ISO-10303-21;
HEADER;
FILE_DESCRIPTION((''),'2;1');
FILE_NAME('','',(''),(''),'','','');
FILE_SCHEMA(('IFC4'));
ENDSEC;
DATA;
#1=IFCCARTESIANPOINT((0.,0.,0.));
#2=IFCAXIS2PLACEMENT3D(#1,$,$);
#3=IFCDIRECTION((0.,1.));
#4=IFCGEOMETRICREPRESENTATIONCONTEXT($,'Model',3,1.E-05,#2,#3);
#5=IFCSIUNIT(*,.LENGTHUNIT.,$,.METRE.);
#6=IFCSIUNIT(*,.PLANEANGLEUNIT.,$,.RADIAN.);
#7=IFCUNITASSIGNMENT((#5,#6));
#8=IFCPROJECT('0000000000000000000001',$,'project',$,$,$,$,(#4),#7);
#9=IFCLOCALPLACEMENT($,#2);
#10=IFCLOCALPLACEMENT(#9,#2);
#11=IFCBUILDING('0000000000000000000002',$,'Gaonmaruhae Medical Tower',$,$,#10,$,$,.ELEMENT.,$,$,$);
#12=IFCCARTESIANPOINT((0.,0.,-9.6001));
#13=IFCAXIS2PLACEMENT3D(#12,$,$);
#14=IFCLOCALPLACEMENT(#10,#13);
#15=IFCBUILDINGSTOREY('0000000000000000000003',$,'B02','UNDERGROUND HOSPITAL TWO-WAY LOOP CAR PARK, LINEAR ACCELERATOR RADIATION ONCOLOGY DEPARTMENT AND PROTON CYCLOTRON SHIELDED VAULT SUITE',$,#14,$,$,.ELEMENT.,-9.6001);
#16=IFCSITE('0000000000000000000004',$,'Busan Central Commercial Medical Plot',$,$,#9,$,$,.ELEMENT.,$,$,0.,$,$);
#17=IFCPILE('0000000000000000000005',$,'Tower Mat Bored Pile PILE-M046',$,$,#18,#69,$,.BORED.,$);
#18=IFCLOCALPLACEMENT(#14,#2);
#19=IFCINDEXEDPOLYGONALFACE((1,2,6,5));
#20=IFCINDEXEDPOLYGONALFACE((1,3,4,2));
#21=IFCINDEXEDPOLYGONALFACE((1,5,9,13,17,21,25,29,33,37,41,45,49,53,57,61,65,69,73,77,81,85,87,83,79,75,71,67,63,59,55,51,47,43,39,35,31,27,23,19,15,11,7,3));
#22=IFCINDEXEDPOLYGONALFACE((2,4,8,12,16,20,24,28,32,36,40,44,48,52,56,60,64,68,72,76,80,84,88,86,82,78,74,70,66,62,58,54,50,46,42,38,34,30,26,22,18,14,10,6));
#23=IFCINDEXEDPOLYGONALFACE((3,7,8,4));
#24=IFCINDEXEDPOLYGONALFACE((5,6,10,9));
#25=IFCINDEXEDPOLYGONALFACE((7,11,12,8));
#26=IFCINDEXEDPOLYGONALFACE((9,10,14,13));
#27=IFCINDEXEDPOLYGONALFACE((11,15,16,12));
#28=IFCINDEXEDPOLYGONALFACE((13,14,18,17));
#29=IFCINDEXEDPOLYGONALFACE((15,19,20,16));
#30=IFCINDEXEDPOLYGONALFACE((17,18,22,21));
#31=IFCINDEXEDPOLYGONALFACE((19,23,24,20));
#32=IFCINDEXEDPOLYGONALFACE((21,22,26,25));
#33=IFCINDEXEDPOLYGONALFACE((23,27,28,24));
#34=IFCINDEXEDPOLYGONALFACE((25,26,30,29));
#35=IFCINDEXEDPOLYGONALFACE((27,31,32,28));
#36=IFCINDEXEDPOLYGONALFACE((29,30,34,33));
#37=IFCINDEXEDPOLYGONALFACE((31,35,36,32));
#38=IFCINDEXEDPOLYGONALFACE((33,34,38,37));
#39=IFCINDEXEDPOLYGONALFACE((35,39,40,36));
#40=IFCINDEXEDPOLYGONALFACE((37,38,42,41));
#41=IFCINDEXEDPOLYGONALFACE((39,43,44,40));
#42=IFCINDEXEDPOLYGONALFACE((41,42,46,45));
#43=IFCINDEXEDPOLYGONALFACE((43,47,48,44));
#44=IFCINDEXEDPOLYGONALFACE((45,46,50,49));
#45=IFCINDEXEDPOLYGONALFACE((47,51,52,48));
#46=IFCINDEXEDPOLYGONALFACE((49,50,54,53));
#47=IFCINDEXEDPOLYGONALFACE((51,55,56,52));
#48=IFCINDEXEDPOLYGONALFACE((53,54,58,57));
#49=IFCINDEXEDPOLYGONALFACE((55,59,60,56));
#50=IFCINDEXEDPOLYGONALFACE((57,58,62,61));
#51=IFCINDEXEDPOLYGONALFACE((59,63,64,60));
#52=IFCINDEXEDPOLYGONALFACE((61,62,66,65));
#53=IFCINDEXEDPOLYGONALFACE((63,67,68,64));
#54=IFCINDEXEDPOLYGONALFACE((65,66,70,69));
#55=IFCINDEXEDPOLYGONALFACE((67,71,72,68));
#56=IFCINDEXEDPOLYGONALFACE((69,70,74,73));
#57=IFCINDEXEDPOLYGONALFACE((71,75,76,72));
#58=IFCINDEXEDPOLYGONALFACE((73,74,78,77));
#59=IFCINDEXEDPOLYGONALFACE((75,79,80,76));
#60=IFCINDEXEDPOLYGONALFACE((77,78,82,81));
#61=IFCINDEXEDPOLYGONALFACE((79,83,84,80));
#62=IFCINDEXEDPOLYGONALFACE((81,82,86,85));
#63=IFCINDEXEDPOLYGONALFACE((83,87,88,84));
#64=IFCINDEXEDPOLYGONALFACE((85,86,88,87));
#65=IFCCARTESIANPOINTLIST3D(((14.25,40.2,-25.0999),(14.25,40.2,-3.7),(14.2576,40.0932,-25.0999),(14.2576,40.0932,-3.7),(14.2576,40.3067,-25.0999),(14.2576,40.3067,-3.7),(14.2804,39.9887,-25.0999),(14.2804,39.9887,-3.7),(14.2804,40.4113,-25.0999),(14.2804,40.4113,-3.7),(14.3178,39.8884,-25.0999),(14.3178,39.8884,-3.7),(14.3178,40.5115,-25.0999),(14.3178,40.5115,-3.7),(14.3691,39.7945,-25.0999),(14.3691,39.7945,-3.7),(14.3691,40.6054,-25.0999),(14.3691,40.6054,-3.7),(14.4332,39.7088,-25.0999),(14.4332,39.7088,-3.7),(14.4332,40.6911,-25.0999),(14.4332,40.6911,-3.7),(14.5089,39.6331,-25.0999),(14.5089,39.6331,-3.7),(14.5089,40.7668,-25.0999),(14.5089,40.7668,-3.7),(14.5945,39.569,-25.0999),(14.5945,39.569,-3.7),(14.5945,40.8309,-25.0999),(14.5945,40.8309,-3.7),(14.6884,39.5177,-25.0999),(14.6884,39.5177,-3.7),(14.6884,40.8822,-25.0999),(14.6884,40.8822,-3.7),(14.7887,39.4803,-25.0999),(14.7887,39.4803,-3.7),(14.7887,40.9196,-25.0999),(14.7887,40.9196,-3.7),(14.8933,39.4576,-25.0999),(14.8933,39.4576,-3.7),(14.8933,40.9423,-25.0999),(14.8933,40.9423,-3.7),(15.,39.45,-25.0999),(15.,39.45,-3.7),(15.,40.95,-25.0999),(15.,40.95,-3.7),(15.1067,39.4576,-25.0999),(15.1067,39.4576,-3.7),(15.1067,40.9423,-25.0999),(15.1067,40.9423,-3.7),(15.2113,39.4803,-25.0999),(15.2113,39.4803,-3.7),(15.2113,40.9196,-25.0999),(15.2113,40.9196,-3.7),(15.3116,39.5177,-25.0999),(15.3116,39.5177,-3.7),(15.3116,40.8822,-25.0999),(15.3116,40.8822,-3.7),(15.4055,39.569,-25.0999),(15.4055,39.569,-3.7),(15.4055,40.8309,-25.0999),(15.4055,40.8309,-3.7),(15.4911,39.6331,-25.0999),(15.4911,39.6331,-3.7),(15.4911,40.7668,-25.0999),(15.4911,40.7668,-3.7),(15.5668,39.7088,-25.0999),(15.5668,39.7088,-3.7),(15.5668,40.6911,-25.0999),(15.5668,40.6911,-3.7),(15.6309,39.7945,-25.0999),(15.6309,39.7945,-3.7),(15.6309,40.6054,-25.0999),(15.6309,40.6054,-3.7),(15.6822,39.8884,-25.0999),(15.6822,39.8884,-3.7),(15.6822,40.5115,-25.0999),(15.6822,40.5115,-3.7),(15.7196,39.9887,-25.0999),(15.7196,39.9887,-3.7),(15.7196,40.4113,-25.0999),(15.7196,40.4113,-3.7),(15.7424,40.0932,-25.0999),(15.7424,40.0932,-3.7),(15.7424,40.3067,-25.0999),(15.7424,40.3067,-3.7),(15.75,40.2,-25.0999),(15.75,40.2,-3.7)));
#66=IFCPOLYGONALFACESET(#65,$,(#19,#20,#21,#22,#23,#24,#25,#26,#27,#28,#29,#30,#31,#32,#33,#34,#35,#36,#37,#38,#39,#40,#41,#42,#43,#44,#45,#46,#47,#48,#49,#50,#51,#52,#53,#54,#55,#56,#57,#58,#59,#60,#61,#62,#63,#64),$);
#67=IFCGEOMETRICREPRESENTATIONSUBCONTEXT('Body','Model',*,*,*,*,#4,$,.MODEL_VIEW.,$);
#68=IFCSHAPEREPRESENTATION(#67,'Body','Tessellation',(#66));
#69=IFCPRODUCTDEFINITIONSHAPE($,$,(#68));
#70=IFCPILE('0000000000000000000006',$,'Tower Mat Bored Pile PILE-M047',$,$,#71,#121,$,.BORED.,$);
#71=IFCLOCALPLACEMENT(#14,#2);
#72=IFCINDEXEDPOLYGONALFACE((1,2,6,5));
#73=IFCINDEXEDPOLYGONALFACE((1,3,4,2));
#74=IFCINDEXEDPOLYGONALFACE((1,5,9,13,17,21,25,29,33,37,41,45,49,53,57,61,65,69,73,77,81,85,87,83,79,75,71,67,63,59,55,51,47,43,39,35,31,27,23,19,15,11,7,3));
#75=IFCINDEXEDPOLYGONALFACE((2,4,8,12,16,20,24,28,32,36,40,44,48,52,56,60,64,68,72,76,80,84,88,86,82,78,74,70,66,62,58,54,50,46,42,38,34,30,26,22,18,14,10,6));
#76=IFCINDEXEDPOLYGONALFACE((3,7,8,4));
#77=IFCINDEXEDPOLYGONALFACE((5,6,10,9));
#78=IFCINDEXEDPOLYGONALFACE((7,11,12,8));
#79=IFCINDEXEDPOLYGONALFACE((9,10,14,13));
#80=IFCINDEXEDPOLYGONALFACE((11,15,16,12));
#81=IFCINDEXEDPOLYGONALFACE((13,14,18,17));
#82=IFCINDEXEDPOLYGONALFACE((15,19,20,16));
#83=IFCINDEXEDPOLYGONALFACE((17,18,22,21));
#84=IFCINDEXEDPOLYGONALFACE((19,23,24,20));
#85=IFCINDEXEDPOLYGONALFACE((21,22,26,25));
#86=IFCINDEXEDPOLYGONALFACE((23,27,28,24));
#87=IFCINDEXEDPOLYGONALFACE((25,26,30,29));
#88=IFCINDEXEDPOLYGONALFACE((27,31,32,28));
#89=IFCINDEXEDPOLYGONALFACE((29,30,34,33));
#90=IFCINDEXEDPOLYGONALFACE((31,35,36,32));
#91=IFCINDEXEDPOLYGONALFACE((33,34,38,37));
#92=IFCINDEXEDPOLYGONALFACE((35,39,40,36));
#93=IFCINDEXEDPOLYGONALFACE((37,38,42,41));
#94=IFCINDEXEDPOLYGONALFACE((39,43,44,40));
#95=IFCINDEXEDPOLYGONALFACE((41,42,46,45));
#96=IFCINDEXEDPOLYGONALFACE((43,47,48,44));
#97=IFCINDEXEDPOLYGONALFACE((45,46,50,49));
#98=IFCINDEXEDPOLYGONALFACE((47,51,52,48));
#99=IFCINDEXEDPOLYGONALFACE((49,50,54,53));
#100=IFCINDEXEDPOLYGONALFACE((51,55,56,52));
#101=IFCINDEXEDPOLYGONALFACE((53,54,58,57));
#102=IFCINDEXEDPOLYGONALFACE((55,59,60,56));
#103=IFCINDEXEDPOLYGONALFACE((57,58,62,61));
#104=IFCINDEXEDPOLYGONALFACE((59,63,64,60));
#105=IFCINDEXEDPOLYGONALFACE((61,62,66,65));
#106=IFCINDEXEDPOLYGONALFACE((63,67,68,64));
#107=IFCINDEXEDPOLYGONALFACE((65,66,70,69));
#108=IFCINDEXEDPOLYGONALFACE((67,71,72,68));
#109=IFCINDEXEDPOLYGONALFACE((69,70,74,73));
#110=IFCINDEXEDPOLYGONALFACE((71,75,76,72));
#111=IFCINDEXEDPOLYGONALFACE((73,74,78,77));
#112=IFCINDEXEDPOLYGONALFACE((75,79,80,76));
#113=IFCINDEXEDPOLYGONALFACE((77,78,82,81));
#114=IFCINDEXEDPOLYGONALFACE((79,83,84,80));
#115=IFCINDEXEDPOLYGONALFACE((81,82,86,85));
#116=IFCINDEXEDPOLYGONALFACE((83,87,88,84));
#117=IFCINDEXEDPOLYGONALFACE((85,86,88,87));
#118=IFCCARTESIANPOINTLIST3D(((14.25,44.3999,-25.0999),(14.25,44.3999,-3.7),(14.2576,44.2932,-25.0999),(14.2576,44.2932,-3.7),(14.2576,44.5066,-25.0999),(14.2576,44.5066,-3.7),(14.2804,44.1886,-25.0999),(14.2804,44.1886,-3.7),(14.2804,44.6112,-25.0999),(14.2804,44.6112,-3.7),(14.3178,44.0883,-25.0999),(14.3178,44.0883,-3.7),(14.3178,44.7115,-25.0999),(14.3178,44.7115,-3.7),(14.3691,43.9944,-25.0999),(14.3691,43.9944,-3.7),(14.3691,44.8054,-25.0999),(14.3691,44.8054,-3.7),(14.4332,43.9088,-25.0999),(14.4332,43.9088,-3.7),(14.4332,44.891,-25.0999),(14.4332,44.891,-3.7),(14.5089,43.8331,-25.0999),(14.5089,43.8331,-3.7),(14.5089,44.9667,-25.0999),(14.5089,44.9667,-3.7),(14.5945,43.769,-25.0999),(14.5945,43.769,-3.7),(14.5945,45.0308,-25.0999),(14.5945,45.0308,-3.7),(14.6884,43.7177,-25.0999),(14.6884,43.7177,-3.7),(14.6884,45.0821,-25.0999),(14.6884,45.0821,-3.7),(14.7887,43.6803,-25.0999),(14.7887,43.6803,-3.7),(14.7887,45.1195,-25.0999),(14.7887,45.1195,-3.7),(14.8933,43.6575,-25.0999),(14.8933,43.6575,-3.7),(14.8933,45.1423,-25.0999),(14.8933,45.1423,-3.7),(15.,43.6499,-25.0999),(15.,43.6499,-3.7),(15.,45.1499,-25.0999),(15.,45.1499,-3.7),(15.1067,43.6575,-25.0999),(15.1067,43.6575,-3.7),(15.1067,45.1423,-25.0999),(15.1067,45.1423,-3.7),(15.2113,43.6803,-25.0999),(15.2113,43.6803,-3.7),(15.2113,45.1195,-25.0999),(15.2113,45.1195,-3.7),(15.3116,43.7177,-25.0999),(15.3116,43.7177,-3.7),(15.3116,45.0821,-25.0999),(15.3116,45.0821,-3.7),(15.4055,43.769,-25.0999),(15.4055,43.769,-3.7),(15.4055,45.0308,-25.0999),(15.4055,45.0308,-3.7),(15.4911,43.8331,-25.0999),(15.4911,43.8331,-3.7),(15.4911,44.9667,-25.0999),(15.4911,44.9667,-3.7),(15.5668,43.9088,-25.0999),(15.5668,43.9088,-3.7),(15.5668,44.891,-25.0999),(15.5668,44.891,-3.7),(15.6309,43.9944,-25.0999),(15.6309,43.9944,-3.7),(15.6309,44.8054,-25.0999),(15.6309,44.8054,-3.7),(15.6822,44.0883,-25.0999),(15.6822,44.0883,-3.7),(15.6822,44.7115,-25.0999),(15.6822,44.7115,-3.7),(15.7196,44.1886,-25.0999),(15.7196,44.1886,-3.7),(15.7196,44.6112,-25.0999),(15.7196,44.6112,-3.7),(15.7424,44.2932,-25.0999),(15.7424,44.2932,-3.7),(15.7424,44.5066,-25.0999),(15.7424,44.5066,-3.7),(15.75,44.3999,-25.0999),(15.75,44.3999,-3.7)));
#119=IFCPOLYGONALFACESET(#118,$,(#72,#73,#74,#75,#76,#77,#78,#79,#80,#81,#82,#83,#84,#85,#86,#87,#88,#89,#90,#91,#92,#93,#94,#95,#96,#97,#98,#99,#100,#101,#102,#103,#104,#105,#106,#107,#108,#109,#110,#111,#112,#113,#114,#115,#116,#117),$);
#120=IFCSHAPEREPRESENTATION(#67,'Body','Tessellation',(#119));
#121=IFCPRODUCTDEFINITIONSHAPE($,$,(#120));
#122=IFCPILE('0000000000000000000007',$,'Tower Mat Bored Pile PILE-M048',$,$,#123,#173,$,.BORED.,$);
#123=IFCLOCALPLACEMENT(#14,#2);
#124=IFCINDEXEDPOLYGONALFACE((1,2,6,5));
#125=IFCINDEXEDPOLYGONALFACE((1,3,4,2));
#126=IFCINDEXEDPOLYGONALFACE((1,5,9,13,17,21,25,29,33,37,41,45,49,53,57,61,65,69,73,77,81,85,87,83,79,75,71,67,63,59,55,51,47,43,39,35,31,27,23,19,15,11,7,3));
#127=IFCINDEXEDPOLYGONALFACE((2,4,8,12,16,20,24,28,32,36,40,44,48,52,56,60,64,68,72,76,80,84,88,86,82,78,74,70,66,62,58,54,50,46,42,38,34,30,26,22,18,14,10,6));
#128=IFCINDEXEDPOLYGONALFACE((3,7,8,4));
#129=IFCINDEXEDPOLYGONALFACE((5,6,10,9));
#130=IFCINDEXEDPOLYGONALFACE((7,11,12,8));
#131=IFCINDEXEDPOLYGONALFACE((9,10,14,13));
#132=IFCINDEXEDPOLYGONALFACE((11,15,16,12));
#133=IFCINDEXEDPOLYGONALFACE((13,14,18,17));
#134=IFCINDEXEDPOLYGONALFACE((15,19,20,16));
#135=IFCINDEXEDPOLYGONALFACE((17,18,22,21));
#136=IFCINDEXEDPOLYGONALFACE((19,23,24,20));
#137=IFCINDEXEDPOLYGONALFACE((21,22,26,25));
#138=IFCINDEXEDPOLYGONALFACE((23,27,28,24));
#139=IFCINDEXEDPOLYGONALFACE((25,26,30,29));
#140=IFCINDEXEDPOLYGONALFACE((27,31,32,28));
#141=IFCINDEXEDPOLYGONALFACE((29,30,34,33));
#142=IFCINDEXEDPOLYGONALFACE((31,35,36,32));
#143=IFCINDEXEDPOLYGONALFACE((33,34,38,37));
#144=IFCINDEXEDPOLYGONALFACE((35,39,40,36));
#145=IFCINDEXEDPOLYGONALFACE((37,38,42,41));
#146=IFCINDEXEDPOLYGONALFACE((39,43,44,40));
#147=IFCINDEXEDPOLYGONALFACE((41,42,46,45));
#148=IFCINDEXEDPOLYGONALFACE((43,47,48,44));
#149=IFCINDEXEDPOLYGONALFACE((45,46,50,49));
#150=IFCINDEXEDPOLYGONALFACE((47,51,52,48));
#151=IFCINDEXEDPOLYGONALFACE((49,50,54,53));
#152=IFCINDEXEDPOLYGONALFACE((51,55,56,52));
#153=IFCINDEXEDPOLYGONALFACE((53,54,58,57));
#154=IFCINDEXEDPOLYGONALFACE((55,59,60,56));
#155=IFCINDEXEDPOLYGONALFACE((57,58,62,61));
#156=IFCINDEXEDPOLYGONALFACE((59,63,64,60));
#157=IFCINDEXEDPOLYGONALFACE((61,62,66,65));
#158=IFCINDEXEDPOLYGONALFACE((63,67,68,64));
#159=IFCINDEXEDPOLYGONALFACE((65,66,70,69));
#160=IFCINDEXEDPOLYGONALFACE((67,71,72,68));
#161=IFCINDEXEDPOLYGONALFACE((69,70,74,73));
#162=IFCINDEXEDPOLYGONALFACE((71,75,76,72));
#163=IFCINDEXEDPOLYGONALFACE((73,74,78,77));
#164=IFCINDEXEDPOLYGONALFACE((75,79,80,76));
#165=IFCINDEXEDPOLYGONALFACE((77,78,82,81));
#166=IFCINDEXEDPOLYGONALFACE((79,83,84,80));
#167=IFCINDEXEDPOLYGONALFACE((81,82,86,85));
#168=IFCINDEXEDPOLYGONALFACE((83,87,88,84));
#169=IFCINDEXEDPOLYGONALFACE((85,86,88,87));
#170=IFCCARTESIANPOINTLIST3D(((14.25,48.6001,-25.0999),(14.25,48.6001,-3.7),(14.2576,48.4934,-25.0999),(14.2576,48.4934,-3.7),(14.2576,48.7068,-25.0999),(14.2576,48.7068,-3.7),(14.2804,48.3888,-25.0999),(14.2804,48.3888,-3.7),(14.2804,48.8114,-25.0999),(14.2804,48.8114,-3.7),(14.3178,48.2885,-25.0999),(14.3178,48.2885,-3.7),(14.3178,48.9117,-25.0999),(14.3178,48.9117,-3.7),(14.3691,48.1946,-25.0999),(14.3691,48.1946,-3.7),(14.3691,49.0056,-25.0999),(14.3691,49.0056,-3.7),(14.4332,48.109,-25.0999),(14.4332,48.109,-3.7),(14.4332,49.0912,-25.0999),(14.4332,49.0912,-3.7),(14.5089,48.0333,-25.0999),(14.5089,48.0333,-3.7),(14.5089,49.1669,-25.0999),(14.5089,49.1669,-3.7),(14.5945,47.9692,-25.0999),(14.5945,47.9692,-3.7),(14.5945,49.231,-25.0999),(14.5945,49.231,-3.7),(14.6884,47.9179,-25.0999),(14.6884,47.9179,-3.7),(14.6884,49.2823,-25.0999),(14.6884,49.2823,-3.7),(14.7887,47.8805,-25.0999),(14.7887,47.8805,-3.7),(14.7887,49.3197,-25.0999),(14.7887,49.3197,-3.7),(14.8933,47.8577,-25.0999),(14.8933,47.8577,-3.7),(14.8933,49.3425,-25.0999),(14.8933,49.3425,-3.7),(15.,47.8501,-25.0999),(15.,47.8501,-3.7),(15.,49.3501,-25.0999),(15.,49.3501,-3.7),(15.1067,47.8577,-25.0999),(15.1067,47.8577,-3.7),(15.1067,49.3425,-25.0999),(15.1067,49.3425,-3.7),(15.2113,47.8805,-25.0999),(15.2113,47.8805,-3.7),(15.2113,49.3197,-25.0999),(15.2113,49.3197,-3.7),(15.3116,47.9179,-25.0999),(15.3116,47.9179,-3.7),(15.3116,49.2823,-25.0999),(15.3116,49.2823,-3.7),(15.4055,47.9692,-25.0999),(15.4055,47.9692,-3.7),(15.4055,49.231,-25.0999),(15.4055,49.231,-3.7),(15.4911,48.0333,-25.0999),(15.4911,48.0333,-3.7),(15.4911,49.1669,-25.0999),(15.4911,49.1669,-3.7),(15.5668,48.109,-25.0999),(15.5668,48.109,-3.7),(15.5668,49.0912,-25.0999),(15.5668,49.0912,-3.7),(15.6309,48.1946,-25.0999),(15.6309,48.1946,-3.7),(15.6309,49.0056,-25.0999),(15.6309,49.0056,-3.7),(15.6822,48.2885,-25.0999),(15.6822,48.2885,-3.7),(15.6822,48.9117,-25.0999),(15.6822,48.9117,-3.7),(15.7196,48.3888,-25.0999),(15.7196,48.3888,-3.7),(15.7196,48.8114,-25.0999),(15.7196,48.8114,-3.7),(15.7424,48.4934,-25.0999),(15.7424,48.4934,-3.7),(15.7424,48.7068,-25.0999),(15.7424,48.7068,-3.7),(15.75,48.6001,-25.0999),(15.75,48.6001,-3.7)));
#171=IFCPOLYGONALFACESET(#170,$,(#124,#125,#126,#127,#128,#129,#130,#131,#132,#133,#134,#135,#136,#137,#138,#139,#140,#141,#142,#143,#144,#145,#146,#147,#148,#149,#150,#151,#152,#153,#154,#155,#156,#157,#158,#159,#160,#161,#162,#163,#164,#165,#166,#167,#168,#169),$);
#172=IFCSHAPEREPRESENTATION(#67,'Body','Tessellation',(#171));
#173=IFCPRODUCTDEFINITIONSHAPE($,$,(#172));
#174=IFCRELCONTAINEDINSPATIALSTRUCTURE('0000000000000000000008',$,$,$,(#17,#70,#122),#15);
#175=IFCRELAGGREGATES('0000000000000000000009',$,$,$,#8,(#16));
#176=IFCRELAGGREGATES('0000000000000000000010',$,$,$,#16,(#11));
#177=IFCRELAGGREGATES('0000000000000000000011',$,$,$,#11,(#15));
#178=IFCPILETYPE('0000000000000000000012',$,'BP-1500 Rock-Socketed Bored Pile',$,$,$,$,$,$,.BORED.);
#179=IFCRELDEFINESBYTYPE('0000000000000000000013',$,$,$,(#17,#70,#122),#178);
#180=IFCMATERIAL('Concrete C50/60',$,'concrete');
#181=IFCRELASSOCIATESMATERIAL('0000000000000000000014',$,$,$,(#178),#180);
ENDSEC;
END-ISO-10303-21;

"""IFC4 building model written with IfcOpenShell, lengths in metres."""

from ifc_helpers import new_model, si_unit, direction, frame, origin, origin_2d, place, context, subcontext, project, spatial, circle, extrude, material, material_profile, profile_set, type_object, element, save


model = new_model("IFC4")

# Units and contexts
model_context = context("Model", 3, precision=1e-05, world=origin(), true_north=direction((0.0, 1.0)))
body_context = subcontext(model_context, "Body", "Model", "MODEL_VIEW")
ifc_project = project(units=[si_unit("LENGTHUNIT", "METRE"), si_unit("PLANEANGLEUNIT", "RADIAN")], contexts=[model_context])

# Site, building, storey
site_placement = place(None, origin())
site = spatial("IfcSite", under=ifc_project, at=site_placement, Name="Busan Central Commercial Medical Plot", CompositionType="ELEMENT", RefElevation=0.0)
building_placement = place(site_placement, origin())
building = spatial("IfcBuilding", under=site, at=building_placement, Name="Gaonmaruhae Medical Tower", CompositionType="ELEMENT")
storey_placement = place(building_placement, frame((0.0, 0.0, -9.6001)))
storey = spatial("IfcBuildingStorey", under=building, at=storey_placement, Name="B02", Description="UNDERGROUND HOSPITAL TWO-WAY LOOP CAR PARK, LINEAR ACCELERATOR RADIATION ONCOLOGY DEPARTMENT AND PROTON CYCLOTRON SHIELDED VAULT SUITE", CompositionType="ELEMENT", Elevation=-9.6001)

# Piles
ifc_material_1 = material(Name="Concrete C50/60", Category="concrete")
ifc_material_profile_1 = material_profile(ifc_material_1, circle(Radius=0.75, at=origin_2d()), Name="PILE-D1500")
ifc_profile_set_1 = profile_set([ifc_material_profile_1], Name="Concrete C50/60")
pile_type = type_object("IfcPileType", Name="BP-1500 Rock-Socketed Bored Pile", PredefinedType="BORED", material=ifc_profile_set_1)
for number, where, z_axis, x_axis, name in (
    (1, (15.0, 40.2, -3.7), (0.0, 0.0, -1.0), (1.0, 0.0, 0.0), "Tower Mat Bored Pile PILE-M046"),
    (2, (15.0, 44.3999, -3.7), (0.0, 0.0, -1.0), (1.0, 0.0, 0.0), "Tower Mat Bored Pile PILE-M047"),
    (3, (15.0, 48.6001, -3.7), (0.0, 0.0, -1.0), (1.0, 0.0, 0.0), "Tower Mat Bored Pile PILE-M048"),
):
    element("IfcPile", number, at=place(storey_placement, frame(where, z_axis=z_axis, x_axis=x_axis)), inside=storey, type_object=pile_type, Name=name, PredefinedType="BORED", context=body_context, shape_type="SweptSolid", body=[
        extrude(circle(Radius=0.75, at=origin_2d()), origin(), (0.0, 0.0, 1.0), 21.3999),
    ])

save(model, "model.ifc")
